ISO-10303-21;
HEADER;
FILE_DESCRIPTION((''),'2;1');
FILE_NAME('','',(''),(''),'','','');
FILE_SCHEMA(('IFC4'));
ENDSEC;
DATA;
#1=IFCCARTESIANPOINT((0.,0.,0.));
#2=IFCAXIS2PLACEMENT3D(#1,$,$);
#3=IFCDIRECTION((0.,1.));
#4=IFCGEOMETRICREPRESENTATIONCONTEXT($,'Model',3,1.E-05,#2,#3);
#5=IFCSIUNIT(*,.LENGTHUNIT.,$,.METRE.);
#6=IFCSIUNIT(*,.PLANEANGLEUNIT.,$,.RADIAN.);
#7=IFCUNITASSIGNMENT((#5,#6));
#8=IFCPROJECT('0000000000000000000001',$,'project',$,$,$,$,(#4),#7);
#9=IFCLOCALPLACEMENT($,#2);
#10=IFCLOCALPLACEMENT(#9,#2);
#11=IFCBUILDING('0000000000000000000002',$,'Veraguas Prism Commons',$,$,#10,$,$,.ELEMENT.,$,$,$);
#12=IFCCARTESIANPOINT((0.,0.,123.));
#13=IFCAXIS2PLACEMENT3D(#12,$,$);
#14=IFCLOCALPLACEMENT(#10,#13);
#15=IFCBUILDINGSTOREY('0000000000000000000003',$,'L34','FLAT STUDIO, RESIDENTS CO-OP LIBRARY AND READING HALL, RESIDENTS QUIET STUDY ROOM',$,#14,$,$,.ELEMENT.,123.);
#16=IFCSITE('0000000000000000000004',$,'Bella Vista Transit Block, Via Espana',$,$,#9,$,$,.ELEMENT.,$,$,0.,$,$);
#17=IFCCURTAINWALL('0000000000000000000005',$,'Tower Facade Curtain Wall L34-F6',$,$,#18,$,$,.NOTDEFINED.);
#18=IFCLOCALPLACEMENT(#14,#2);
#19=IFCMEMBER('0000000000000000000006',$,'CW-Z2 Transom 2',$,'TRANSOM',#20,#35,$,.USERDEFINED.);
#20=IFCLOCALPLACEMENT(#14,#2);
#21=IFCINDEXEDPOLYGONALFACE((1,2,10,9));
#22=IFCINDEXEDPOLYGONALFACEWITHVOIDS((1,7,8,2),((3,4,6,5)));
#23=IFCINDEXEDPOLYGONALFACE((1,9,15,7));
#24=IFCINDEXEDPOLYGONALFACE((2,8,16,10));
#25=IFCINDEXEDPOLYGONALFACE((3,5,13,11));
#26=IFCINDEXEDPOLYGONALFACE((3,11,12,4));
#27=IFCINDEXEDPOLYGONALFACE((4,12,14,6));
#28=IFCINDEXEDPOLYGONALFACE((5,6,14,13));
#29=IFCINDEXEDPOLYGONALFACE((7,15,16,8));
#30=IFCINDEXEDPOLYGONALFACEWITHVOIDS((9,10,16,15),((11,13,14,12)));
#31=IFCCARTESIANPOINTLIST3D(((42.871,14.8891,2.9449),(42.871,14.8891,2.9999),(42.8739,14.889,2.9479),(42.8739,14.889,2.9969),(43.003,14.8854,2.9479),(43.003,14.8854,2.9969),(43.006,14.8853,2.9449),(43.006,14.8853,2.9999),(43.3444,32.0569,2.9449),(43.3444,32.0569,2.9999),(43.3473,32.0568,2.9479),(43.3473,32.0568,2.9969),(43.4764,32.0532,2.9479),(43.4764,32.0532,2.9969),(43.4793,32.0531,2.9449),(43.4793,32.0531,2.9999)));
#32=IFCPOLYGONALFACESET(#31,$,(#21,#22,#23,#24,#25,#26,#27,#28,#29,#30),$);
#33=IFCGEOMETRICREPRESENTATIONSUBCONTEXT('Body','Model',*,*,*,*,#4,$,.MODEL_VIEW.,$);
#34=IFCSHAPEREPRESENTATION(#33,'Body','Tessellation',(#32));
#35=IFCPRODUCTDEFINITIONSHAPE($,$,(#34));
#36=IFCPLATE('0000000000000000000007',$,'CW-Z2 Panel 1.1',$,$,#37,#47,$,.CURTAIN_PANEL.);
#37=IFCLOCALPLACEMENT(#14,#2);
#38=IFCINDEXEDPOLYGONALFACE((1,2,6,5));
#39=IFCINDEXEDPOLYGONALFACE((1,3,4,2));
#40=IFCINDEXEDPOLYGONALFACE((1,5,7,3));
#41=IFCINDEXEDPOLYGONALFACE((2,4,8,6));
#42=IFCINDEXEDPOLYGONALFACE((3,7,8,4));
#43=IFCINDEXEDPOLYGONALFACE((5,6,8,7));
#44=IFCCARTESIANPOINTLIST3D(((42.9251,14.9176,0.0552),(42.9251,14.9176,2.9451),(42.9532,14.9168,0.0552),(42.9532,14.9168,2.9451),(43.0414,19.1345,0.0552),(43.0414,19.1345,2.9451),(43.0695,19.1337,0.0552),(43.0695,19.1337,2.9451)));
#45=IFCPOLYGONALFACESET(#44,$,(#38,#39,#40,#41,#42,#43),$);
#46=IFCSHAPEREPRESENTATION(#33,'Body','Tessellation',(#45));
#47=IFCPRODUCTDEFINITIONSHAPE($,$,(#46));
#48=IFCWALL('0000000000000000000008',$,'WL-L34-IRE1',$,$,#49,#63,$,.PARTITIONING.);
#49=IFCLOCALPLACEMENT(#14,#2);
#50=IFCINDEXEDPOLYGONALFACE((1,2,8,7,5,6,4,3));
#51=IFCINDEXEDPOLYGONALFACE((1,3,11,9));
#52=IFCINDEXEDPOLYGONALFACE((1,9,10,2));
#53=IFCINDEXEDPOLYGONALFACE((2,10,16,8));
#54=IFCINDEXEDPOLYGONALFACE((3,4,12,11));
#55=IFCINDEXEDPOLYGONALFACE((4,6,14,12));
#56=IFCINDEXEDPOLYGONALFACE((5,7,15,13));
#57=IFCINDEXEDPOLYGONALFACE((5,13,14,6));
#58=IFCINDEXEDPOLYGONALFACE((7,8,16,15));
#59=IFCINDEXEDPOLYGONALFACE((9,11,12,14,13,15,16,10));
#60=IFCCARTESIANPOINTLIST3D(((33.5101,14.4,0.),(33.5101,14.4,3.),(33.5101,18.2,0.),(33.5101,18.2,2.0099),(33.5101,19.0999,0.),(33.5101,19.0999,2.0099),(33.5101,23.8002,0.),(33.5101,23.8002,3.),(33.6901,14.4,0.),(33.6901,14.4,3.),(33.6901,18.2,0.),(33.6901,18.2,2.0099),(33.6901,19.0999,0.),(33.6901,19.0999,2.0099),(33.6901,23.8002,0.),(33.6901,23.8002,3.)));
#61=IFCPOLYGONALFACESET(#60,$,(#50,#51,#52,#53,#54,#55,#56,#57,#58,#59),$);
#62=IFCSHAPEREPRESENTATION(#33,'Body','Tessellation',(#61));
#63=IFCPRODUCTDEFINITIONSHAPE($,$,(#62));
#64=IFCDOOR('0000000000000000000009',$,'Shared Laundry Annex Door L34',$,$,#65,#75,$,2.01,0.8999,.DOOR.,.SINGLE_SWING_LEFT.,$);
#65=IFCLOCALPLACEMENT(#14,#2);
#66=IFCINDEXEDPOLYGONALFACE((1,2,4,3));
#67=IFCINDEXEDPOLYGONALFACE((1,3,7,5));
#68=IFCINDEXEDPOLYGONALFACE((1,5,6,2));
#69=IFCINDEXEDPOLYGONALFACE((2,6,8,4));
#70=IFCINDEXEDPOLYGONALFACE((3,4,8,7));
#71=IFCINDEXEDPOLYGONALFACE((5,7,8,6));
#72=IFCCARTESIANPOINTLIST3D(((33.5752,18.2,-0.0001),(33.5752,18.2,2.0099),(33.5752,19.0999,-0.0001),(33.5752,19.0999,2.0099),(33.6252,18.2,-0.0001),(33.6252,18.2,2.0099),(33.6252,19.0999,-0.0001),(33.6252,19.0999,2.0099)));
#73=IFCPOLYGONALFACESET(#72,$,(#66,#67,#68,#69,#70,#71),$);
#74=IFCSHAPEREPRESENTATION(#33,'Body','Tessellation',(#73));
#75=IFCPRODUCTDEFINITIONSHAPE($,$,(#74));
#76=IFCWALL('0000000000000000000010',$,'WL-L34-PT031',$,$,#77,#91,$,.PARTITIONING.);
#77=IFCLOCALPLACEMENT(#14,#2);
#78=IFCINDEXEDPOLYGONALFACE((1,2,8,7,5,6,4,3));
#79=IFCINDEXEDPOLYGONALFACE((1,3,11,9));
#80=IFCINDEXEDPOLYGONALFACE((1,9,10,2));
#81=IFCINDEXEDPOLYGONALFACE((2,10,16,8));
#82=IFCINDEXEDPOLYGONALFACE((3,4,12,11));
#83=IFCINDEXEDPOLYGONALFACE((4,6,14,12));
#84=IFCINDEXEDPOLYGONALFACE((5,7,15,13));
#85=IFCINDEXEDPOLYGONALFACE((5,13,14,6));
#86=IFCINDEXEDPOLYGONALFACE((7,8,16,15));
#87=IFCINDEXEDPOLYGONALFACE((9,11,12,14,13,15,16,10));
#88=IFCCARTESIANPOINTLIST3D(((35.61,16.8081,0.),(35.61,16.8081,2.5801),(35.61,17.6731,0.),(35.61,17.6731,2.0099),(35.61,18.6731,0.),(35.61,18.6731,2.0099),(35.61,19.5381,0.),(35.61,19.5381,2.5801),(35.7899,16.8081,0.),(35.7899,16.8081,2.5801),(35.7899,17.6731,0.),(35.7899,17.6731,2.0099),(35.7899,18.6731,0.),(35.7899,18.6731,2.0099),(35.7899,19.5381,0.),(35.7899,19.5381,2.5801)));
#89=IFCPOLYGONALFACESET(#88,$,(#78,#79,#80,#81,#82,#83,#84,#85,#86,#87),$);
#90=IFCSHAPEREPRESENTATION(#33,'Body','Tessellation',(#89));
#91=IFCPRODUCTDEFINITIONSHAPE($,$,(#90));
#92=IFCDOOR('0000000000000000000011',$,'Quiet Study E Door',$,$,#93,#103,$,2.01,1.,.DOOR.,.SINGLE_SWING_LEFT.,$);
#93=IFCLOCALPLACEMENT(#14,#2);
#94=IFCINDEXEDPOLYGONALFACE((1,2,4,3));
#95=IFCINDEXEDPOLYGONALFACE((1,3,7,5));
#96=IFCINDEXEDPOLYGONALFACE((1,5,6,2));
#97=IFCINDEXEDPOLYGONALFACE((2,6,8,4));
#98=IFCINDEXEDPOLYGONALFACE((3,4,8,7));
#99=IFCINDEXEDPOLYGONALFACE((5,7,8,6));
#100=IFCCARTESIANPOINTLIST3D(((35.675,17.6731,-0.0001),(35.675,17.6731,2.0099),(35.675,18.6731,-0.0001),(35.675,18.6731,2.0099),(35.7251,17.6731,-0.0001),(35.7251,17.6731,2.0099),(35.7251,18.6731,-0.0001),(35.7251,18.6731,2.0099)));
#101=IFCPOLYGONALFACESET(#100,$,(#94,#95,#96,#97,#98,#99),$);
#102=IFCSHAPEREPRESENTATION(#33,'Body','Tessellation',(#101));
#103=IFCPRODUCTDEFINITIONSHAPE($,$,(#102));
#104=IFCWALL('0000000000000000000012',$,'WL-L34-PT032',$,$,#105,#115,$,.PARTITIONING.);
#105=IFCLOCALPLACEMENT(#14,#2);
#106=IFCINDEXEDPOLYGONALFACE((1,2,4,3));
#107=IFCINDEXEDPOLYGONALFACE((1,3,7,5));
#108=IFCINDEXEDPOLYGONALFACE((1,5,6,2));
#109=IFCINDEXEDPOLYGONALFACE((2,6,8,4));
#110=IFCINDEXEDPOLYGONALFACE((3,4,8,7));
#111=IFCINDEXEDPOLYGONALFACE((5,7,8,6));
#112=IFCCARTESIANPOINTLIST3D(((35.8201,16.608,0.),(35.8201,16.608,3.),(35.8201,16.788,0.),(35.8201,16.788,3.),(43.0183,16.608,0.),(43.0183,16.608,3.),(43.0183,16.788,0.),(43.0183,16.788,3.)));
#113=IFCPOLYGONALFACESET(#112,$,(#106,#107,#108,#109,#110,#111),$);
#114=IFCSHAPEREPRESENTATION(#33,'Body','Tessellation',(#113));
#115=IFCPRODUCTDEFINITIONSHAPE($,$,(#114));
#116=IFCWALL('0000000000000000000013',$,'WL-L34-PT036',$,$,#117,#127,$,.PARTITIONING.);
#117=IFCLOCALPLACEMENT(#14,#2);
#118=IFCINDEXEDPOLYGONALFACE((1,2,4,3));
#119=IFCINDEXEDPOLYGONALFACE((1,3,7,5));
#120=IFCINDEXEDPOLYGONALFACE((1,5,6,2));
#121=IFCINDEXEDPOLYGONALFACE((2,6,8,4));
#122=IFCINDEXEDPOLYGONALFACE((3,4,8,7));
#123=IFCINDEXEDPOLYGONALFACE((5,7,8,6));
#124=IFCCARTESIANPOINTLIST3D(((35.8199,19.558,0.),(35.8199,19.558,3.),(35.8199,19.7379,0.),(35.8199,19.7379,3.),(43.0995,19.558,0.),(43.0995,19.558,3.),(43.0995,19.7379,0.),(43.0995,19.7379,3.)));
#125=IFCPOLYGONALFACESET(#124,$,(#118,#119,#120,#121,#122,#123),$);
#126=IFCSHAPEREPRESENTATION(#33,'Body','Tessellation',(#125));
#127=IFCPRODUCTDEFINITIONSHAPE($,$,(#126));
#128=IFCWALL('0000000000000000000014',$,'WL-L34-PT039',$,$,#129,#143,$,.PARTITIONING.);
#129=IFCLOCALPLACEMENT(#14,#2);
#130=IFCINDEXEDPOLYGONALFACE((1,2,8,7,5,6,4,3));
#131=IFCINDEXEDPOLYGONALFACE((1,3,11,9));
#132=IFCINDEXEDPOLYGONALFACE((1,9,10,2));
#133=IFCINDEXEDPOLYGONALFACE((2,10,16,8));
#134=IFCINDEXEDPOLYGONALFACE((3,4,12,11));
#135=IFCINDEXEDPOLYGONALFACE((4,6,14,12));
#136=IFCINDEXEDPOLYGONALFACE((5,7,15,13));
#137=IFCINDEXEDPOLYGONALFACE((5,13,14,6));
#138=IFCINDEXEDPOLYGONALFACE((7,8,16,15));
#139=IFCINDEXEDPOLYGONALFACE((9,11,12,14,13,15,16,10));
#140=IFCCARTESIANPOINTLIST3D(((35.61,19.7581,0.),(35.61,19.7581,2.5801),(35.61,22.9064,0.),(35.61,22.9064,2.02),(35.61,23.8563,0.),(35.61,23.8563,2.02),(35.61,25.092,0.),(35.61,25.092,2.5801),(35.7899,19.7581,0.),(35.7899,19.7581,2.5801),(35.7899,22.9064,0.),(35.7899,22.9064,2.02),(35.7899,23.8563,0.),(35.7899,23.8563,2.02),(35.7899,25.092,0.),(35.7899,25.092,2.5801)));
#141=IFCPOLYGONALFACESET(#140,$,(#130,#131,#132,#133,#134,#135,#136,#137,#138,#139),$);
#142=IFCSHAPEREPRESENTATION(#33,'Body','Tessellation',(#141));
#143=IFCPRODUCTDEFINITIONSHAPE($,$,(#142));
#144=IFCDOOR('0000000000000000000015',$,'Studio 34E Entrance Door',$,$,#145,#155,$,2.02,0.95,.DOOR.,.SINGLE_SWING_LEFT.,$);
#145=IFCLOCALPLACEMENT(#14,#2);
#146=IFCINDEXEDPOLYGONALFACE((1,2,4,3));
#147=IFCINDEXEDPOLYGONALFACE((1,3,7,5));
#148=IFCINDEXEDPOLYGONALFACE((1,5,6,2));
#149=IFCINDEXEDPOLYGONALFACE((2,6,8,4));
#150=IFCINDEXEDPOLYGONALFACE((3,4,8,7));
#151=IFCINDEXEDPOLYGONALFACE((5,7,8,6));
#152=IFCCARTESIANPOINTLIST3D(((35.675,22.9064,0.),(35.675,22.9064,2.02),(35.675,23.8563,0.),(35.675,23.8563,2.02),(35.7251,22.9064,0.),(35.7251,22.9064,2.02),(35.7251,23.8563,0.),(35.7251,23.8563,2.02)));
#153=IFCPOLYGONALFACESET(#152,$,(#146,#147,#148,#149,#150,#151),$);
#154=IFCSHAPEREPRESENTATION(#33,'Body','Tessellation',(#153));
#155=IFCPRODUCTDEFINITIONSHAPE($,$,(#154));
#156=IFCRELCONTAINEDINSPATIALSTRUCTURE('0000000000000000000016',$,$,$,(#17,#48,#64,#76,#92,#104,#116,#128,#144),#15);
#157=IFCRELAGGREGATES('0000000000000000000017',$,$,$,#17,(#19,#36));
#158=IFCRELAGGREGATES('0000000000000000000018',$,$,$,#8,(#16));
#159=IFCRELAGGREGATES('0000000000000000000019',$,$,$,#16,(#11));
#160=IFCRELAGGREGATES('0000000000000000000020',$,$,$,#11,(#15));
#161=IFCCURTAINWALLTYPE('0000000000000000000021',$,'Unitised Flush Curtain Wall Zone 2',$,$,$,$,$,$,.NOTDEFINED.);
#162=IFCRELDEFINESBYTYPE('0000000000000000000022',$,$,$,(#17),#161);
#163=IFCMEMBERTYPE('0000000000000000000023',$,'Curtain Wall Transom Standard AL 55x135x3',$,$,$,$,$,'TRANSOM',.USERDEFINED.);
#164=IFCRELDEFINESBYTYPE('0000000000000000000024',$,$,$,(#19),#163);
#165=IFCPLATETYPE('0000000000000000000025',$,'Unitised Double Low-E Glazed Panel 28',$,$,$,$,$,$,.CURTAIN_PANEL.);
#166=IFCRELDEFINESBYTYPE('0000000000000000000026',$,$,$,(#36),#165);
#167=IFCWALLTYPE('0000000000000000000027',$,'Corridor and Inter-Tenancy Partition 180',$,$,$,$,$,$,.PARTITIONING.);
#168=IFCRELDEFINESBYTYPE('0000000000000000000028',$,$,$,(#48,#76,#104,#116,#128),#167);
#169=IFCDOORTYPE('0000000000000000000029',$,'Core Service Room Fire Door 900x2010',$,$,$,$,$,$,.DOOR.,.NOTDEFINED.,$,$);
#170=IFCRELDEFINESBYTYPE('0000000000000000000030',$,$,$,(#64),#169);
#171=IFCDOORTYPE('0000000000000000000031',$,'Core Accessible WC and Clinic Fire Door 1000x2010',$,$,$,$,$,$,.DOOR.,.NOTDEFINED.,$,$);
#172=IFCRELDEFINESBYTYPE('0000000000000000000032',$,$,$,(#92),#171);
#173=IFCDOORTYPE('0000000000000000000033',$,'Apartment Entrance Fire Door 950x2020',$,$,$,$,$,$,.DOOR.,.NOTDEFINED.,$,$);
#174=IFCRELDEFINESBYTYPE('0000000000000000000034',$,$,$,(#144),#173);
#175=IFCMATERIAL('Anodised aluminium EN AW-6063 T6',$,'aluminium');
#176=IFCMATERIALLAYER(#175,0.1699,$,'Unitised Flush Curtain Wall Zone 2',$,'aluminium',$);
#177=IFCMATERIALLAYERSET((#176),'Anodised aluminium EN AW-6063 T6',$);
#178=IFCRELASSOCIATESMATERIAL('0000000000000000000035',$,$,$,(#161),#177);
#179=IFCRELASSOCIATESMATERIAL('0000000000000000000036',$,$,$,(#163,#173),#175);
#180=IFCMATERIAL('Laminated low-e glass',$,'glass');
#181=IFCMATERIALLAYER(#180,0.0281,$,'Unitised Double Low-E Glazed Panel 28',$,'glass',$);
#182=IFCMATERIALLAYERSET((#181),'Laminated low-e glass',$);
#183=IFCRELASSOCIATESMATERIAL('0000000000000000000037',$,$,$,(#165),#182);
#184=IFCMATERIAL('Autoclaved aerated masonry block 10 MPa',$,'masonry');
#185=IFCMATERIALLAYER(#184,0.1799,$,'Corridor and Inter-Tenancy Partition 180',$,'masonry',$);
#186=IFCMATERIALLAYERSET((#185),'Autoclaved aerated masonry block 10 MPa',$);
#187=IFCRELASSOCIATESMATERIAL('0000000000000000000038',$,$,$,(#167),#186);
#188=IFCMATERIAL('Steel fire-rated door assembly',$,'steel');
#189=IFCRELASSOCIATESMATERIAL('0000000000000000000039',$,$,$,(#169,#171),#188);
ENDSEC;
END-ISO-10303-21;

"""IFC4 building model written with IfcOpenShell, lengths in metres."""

from ifc_helpers import new_model, si_unit, direction, frame, frame_2d, origin, origin_2d, place, context, subcontext, project, spatial, rectangle, hollow_rectangle, extrude, source, transform, mapped, material, layer, layer_set, material_profile, profile_set, type_object, element, fill, aggregate, save


model = new_model("IFC4")

# Units and contexts
model_context = context("Model", 3, precision=1e-05, world=origin(), true_north=direction((0.0, 1.0)))
body_context = subcontext(model_context, "Body", "Model", "MODEL_VIEW")
ifc_project = project(units=[si_unit("LENGTHUNIT", "METRE"), si_unit("PLANEANGLEUNIT", "RADIAN")], contexts=[model_context])

# Site, building, storey
site_placement = place(None, origin())
site = spatial("IfcSite", under=ifc_project, at=site_placement, Name="Bella Vista Transit Block, Via Espana", CompositionType="ELEMENT", RefElevation=0.0)
building_placement = place(site_placement, origin())
building = spatial("IfcBuilding", under=site, at=building_placement, Name="Veraguas Prism Commons", CompositionType="ELEMENT")
storey_placement = place(building_placement, frame((0.0, 0.0, 123.0)))
storey = spatial("IfcBuildingStorey", under=building, at=storey_placement, Name="L34", Description="FLAT STUDIO, RESIDENTS CO-OP LIBRARY AND READING HALL, RESIDENTS QUIET STUDY ROOM", CompositionType="ELEMENT", Elevation=123.0)

# Curtain wall
ifc_material_1 = material(Name="Anodised aluminium EN AW-6063 T6", Category="aluminium")
ifc_layer_1 = layer(ifc_material_1, 0.1699, Name="Unitised Flush Curtain Wall Zone 2", Category="aluminium")
ifc_layer_set_1 = layer_set([ifc_layer_1], Name="Anodised aluminium EN AW-6063 T6")
curtain_wall_type = type_object("IfcCurtainWallType", Name="Unitised Flush Curtain Wall Zone 2", PredefinedType="NOTDEFINED", material=ifc_layer_set_1)
curtain_wall_1_placement = place(storey_placement, origin())
curtain_wall_1 = element("IfcCurtainWall", 1, at=curtain_wall_1_placement, inside=storey, type_object=curtain_wall_type, Name="Tower Facade Curtain Wall L34-F6", PredefinedType="NOTDEFINED")

# Member
ifc_material_profile_1 = material_profile(ifc_material_1, hollow_rectangle(XDim=0.0549, YDim=0.135, WallThickness=0.0029, at=origin_2d()), Name="AL55X135X3")
ifc_profile_set_1 = profile_set([ifc_material_profile_1], Name="Anodised aluminium EN AW-6063 T6")
member_type_1 = type_object("IfcMemberType", Name="Curtain Wall Transom Standard AL 55x135x3", ElementType="TRANSOM", PredefinedType="USERDEFINED", material=ifc_profile_set_1)
shared_shape_1 = source(origin(), body_context, "Body", "SweptSolid", [
    extrude(hollow_rectangle(XDim=0.0549, YDim=0.135, WallThickness=0.0029, at=origin_2d()), origin(), (0.0, 0.0, 1.0), 17.1743),
])
member_1_placement = place(storey_placement, frame((42.9385, 14.8872, 2.9724), z_axis=(0.027564, 0.99962, 0.0), x_axis=(0.0, 0.0, 1.0)))
member_1 = element("IfcMember", 2, at=member_1_placement, type_object=member_type_1, Name="CW-Z2 Transom 2", ObjectType="TRANSOM", PredefinedType="USERDEFINED", context=body_context, shape_type="MappedRepresentation", body=[
    mapped(shared_shape_1, transform((0.0, 0.0, 0.0), scale=1.0)),
])

# Plate
ifc_material_2 = material(Name="Laminated low-e glass", Category="glass")
ifc_layer_2 = layer(ifc_material_2, 0.0281, Name="Unitised Double Low-E Glazed Panel 28", Category="glass")
ifc_layer_set_2 = layer_set([ifc_layer_2], Name="Laminated low-e glass")
plate_type = type_object("IfcPlateType", Name="Unitised Double Low-E Glazed Panel 28", PredefinedType="CURTAIN_PANEL", material=ifc_layer_set_2)
shared_shape_2 = source(origin(), body_context, "Body", "SweptSolid", [
    extrude(rectangle(XDim=4.2185, YDim=0.0281, at=origin_2d()), origin(), (0.0, 0.0, 1.0), 2.8899),
])
plate_placement = place(storey_placement, frame((42.9973, 17.0256, 0.0552), z_axis=(0.0, 0.0, 1.0), x_axis=(0.027567, 0.99962, 0.0)))
plate = element("IfcPlate", 3, at=plate_placement, type_object=plate_type, Name="CW-Z2 Panel 1.1", PredefinedType="CURTAIN_PANEL", context=body_context, shape_type="MappedRepresentation", body=[
    mapped(shared_shape_2, transform((0.0, 0.0, 0.0), scale=1.0)),
])
aggregate(curtain_wall_1, [member_1, plate])

# Walls, openings, doors
ifc_material_3 = material(Name="Autoclaved aerated masonry block 10 MPa", Category="masonry")
ifc_layer_3 = layer(ifc_material_3, 0.1799, Name="Corridor and Inter-Tenancy Partition 180", Category="masonry")
ifc_layer_set_3 = layer_set([ifc_layer_3], Name="Autoclaved aerated masonry block 10 MPa")
wall_type_1 = type_object("IfcWallType", Name="Corridor and Inter-Tenancy Partition 180", PredefinedType="PARTITIONING", material=ifc_layer_set_3)
wall_1_placement = place(storey_placement, frame((33.6001, 14.3999, 0.0), z_axis=(0.0, 0.0, 1.0), x_axis=(0.0, 1.0, 0.0)))
wall_1 = element("IfcWall", 4, at=wall_1_placement, inside=storey, type_object=wall_type_1, Name="WL-L34-IRE1", PredefinedType="PARTITIONING", context=body_context, shape_type="SweptSolid", body=[
    extrude(rectangle(XDim=9.4001, YDim=0.1799, at=frame_2d((4.7002, 0.0))), origin(), (0.0, 0.0, 1.0), 3.0),
])
opening_1_placement = place(wall_1_placement, frame((3.8, 0.0, 0.0)))
opening_1 = element("IfcOpeningElement", 5, at=opening_1_placement, cuts=wall_1, PredefinedType="OPENING", context=body_context, shape_type="SweptSolid", body=[
    extrude(rectangle(XDim=0.8999, YDim=2.01, at=frame_2d((0.45, 1.0049))), frame((0.0, 0.0999, 0.0), z_axis=(0.0, -1.0, 0.0), x_axis=(1.0, 0.0, 0.0)), (0.0, 0.0, 1.0), 0.2),
])
ifc_material_4 = material(Name="Steel fire-rated door assembly", Category="steel")
door_type_1 = type_object("IfcDoorType", Name="Core Service Room Fire Door 900x2010", OperationType="NOTDEFINED", PredefinedType="DOOR", material=ifc_material_4)
shared_shape_3 = source(origin(), body_context, "Body", "SweptSolid", [
    extrude(rectangle(XDim=0.8999, YDim=2.01, at=frame_2d((0.45, 1.0049))), frame((0.0, 0.0249, 0.0), z_axis=(0.0, -1.0, 0.0), x_axis=(1.0, 0.0, 0.0)), (0.0, 0.0, 1.0), 0.05),
])
door_1_placement = place(opening_1_placement, origin())
door_1 = element("IfcDoor", 6, at=door_1_placement, inside=storey, type_object=door_type_1, Name="Shared Laundry Annex Door L34", OperationType="SINGLE_SWING_LEFT", OverallHeight=2.01, OverallWidth=0.8999, PredefinedType="DOOR", context=body_context, shape_type="MappedRepresentation", body=[
    mapped(shared_shape_3, transform((0.0, 0.0, 0.0), scale=1.0)),
])
fill(opening_1, door_1)
wall_2_placement = place(storey_placement, frame((35.7, 16.8081, 0.0), z_axis=(0.0, 0.0, 1.0), x_axis=(0.0, 1.0, 0.0)))
wall_2 = element("IfcWall", 7, at=wall_2_placement, inside=storey, type_object=wall_type_1, Name="WL-L34-PT031", PredefinedType="PARTITIONING", context=body_context, shape_type="SweptSolid", body=[
    extrude(rectangle(XDim=2.73, YDim=0.1799, at=frame_2d((1.365, 0.0))), origin(), (0.0, 0.0, 1.0), 2.5801),
])
opening_2_placement = place(wall_2_placement, frame((0.865, 0.0, 0.0)))
opening_2 = element("IfcOpeningElement", 8, at=opening_2_placement, cuts=wall_2, PredefinedType="OPENING", context=body_context, shape_type="SweptSolid", body=[
    extrude(rectangle(XDim=1.0, YDim=2.01, at=frame_2d((0.5, 1.0049))), frame((0.0, 0.0999, 0.0), z_axis=(0.0, -1.0, 0.0), x_axis=(1.0, 0.0, 0.0)), (0.0, 0.0, 1.0), 0.2),
])
door_type_2 = type_object("IfcDoorType", Name="Core Accessible WC and Clinic Fire Door 1000x2010", OperationType="NOTDEFINED", PredefinedType="DOOR", material=ifc_material_4)
shared_shape_4 = source(origin(), body_context, "Body", "SweptSolid", [
    extrude(rectangle(XDim=1.0, YDim=2.01, at=frame_2d((0.5, 1.0049))), frame((0.0, 0.0249, 0.0), z_axis=(0.0, -1.0, 0.0), x_axis=(1.0, 0.0, 0.0)), (0.0, 0.0, 1.0), 0.05),
])
door_2_placement = place(opening_2_placement, origin())
door_2 = element("IfcDoor", 9, at=door_2_placement, inside=storey, type_object=door_type_2, Name="Quiet Study E Door", OperationType="SINGLE_SWING_LEFT", OverallHeight=2.01, OverallWidth=1.0, PredefinedType="DOOR", context=body_context, shape_type="MappedRepresentation", body=[
    mapped(shared_shape_4, transform((0.0, 0.0, 0.0), scale=1.0)),
])
fill(opening_2, door_2)

# Walls
wall_3_placement = place(storey_placement, frame((35.8201, 16.698, 0.0), z_axis=(0.0, 0.0, 1.0), x_axis=(1.0, 0.0, 0.0)))
element("IfcWall", 10, at=wall_3_placement, inside=storey, type_object=wall_type_1, Name="WL-L34-PT032", PredefinedType="PARTITIONING", context=body_context, shape_type="SweptSolid", body=[
    extrude(rectangle(XDim=7.1982, YDim=0.1799, at=frame_2d((3.5991, 0.0))), origin(), (0.0, 0.0, 1.0), 3.0),
])
wall_4_placement = place(storey_placement, frame((35.8201, 19.6479, 0.0), z_axis=(0.0, 0.0, 1.0), x_axis=(1.0, 0.0, 0.0)))
element("IfcWall", 11, at=wall_4_placement, inside=storey, type_object=wall_type_1, Name="WL-L34-PT036", PredefinedType="PARTITIONING", context=body_context, shape_type="SweptSolid", body=[
    extrude(rectangle(XDim=7.2795, YDim=0.1799, at=frame_2d((3.6396, 0.0))), origin(), (0.0, 0.0, 1.0), 3.0),
])

# Wall, opening, door
wall_5_placement = place(storey_placement, frame((35.7, 19.7581, 0.0), z_axis=(0.0, 0.0, 1.0), x_axis=(0.0, 1.0, 0.0)))
wall_5 = element("IfcWall", 12, at=wall_5_placement, inside=storey, type_object=wall_type_1, Name="WL-L34-PT039", PredefinedType="PARTITIONING", context=body_context, shape_type="SweptSolid", body=[
    extrude(rectangle(XDim=5.334, YDim=0.1799, at=frame_2d((2.667, 0.0))), origin(), (0.0, 0.0, 1.0), 2.5801),
])
opening_3_placement = place(wall_5_placement, frame((3.1482, 0.0, 0.0)))
opening_3 = element("IfcOpeningElement", 13, at=opening_3_placement, cuts=wall_5, PredefinedType="OPENING", context=body_context, shape_type="SweptSolid", body=[
    extrude(rectangle(XDim=0.95, YDim=2.02, at=frame_2d((0.4751, 1.01))), frame((0.0, 0.0999, 0.0), z_axis=(0.0, -1.0, 0.0), x_axis=(1.0, 0.0, 0.0)), (0.0, 0.0, 1.0), 0.2),
])
door_type_3 = type_object("IfcDoorType", Name="Apartment Entrance Fire Door 950x2020", OperationType="NOTDEFINED", PredefinedType="DOOR", material=ifc_material_1)
shared_shape_5 = source(origin(), body_context, "Body", "SweptSolid", [
    extrude(rectangle(XDim=0.95, YDim=2.02, at=frame_2d((0.4751, 1.01))), frame((0.0, 0.0249, 0.0), z_axis=(0.0, -1.0, 0.0), x_axis=(1.0, 0.0, 0.0)), (0.0, 0.0, 1.0), 0.05),
])
door_3_placement = place(opening_3_placement, origin())
door_3 = element("IfcDoor", 14, at=door_3_placement, inside=storey, type_object=door_type_3, Name="Studio 34E Entrance Door", OperationType="SINGLE_SWING_LEFT", OverallHeight=2.02, OverallWidth=0.95, PredefinedType="DOOR", context=body_context, shape_type="MappedRepresentation", body=[
    mapped(shared_shape_5, transform((0.0, 0.0, 0.0), scale=1.0)),
])
fill(opening_3, door_3)

save(model, "model.ifc")
